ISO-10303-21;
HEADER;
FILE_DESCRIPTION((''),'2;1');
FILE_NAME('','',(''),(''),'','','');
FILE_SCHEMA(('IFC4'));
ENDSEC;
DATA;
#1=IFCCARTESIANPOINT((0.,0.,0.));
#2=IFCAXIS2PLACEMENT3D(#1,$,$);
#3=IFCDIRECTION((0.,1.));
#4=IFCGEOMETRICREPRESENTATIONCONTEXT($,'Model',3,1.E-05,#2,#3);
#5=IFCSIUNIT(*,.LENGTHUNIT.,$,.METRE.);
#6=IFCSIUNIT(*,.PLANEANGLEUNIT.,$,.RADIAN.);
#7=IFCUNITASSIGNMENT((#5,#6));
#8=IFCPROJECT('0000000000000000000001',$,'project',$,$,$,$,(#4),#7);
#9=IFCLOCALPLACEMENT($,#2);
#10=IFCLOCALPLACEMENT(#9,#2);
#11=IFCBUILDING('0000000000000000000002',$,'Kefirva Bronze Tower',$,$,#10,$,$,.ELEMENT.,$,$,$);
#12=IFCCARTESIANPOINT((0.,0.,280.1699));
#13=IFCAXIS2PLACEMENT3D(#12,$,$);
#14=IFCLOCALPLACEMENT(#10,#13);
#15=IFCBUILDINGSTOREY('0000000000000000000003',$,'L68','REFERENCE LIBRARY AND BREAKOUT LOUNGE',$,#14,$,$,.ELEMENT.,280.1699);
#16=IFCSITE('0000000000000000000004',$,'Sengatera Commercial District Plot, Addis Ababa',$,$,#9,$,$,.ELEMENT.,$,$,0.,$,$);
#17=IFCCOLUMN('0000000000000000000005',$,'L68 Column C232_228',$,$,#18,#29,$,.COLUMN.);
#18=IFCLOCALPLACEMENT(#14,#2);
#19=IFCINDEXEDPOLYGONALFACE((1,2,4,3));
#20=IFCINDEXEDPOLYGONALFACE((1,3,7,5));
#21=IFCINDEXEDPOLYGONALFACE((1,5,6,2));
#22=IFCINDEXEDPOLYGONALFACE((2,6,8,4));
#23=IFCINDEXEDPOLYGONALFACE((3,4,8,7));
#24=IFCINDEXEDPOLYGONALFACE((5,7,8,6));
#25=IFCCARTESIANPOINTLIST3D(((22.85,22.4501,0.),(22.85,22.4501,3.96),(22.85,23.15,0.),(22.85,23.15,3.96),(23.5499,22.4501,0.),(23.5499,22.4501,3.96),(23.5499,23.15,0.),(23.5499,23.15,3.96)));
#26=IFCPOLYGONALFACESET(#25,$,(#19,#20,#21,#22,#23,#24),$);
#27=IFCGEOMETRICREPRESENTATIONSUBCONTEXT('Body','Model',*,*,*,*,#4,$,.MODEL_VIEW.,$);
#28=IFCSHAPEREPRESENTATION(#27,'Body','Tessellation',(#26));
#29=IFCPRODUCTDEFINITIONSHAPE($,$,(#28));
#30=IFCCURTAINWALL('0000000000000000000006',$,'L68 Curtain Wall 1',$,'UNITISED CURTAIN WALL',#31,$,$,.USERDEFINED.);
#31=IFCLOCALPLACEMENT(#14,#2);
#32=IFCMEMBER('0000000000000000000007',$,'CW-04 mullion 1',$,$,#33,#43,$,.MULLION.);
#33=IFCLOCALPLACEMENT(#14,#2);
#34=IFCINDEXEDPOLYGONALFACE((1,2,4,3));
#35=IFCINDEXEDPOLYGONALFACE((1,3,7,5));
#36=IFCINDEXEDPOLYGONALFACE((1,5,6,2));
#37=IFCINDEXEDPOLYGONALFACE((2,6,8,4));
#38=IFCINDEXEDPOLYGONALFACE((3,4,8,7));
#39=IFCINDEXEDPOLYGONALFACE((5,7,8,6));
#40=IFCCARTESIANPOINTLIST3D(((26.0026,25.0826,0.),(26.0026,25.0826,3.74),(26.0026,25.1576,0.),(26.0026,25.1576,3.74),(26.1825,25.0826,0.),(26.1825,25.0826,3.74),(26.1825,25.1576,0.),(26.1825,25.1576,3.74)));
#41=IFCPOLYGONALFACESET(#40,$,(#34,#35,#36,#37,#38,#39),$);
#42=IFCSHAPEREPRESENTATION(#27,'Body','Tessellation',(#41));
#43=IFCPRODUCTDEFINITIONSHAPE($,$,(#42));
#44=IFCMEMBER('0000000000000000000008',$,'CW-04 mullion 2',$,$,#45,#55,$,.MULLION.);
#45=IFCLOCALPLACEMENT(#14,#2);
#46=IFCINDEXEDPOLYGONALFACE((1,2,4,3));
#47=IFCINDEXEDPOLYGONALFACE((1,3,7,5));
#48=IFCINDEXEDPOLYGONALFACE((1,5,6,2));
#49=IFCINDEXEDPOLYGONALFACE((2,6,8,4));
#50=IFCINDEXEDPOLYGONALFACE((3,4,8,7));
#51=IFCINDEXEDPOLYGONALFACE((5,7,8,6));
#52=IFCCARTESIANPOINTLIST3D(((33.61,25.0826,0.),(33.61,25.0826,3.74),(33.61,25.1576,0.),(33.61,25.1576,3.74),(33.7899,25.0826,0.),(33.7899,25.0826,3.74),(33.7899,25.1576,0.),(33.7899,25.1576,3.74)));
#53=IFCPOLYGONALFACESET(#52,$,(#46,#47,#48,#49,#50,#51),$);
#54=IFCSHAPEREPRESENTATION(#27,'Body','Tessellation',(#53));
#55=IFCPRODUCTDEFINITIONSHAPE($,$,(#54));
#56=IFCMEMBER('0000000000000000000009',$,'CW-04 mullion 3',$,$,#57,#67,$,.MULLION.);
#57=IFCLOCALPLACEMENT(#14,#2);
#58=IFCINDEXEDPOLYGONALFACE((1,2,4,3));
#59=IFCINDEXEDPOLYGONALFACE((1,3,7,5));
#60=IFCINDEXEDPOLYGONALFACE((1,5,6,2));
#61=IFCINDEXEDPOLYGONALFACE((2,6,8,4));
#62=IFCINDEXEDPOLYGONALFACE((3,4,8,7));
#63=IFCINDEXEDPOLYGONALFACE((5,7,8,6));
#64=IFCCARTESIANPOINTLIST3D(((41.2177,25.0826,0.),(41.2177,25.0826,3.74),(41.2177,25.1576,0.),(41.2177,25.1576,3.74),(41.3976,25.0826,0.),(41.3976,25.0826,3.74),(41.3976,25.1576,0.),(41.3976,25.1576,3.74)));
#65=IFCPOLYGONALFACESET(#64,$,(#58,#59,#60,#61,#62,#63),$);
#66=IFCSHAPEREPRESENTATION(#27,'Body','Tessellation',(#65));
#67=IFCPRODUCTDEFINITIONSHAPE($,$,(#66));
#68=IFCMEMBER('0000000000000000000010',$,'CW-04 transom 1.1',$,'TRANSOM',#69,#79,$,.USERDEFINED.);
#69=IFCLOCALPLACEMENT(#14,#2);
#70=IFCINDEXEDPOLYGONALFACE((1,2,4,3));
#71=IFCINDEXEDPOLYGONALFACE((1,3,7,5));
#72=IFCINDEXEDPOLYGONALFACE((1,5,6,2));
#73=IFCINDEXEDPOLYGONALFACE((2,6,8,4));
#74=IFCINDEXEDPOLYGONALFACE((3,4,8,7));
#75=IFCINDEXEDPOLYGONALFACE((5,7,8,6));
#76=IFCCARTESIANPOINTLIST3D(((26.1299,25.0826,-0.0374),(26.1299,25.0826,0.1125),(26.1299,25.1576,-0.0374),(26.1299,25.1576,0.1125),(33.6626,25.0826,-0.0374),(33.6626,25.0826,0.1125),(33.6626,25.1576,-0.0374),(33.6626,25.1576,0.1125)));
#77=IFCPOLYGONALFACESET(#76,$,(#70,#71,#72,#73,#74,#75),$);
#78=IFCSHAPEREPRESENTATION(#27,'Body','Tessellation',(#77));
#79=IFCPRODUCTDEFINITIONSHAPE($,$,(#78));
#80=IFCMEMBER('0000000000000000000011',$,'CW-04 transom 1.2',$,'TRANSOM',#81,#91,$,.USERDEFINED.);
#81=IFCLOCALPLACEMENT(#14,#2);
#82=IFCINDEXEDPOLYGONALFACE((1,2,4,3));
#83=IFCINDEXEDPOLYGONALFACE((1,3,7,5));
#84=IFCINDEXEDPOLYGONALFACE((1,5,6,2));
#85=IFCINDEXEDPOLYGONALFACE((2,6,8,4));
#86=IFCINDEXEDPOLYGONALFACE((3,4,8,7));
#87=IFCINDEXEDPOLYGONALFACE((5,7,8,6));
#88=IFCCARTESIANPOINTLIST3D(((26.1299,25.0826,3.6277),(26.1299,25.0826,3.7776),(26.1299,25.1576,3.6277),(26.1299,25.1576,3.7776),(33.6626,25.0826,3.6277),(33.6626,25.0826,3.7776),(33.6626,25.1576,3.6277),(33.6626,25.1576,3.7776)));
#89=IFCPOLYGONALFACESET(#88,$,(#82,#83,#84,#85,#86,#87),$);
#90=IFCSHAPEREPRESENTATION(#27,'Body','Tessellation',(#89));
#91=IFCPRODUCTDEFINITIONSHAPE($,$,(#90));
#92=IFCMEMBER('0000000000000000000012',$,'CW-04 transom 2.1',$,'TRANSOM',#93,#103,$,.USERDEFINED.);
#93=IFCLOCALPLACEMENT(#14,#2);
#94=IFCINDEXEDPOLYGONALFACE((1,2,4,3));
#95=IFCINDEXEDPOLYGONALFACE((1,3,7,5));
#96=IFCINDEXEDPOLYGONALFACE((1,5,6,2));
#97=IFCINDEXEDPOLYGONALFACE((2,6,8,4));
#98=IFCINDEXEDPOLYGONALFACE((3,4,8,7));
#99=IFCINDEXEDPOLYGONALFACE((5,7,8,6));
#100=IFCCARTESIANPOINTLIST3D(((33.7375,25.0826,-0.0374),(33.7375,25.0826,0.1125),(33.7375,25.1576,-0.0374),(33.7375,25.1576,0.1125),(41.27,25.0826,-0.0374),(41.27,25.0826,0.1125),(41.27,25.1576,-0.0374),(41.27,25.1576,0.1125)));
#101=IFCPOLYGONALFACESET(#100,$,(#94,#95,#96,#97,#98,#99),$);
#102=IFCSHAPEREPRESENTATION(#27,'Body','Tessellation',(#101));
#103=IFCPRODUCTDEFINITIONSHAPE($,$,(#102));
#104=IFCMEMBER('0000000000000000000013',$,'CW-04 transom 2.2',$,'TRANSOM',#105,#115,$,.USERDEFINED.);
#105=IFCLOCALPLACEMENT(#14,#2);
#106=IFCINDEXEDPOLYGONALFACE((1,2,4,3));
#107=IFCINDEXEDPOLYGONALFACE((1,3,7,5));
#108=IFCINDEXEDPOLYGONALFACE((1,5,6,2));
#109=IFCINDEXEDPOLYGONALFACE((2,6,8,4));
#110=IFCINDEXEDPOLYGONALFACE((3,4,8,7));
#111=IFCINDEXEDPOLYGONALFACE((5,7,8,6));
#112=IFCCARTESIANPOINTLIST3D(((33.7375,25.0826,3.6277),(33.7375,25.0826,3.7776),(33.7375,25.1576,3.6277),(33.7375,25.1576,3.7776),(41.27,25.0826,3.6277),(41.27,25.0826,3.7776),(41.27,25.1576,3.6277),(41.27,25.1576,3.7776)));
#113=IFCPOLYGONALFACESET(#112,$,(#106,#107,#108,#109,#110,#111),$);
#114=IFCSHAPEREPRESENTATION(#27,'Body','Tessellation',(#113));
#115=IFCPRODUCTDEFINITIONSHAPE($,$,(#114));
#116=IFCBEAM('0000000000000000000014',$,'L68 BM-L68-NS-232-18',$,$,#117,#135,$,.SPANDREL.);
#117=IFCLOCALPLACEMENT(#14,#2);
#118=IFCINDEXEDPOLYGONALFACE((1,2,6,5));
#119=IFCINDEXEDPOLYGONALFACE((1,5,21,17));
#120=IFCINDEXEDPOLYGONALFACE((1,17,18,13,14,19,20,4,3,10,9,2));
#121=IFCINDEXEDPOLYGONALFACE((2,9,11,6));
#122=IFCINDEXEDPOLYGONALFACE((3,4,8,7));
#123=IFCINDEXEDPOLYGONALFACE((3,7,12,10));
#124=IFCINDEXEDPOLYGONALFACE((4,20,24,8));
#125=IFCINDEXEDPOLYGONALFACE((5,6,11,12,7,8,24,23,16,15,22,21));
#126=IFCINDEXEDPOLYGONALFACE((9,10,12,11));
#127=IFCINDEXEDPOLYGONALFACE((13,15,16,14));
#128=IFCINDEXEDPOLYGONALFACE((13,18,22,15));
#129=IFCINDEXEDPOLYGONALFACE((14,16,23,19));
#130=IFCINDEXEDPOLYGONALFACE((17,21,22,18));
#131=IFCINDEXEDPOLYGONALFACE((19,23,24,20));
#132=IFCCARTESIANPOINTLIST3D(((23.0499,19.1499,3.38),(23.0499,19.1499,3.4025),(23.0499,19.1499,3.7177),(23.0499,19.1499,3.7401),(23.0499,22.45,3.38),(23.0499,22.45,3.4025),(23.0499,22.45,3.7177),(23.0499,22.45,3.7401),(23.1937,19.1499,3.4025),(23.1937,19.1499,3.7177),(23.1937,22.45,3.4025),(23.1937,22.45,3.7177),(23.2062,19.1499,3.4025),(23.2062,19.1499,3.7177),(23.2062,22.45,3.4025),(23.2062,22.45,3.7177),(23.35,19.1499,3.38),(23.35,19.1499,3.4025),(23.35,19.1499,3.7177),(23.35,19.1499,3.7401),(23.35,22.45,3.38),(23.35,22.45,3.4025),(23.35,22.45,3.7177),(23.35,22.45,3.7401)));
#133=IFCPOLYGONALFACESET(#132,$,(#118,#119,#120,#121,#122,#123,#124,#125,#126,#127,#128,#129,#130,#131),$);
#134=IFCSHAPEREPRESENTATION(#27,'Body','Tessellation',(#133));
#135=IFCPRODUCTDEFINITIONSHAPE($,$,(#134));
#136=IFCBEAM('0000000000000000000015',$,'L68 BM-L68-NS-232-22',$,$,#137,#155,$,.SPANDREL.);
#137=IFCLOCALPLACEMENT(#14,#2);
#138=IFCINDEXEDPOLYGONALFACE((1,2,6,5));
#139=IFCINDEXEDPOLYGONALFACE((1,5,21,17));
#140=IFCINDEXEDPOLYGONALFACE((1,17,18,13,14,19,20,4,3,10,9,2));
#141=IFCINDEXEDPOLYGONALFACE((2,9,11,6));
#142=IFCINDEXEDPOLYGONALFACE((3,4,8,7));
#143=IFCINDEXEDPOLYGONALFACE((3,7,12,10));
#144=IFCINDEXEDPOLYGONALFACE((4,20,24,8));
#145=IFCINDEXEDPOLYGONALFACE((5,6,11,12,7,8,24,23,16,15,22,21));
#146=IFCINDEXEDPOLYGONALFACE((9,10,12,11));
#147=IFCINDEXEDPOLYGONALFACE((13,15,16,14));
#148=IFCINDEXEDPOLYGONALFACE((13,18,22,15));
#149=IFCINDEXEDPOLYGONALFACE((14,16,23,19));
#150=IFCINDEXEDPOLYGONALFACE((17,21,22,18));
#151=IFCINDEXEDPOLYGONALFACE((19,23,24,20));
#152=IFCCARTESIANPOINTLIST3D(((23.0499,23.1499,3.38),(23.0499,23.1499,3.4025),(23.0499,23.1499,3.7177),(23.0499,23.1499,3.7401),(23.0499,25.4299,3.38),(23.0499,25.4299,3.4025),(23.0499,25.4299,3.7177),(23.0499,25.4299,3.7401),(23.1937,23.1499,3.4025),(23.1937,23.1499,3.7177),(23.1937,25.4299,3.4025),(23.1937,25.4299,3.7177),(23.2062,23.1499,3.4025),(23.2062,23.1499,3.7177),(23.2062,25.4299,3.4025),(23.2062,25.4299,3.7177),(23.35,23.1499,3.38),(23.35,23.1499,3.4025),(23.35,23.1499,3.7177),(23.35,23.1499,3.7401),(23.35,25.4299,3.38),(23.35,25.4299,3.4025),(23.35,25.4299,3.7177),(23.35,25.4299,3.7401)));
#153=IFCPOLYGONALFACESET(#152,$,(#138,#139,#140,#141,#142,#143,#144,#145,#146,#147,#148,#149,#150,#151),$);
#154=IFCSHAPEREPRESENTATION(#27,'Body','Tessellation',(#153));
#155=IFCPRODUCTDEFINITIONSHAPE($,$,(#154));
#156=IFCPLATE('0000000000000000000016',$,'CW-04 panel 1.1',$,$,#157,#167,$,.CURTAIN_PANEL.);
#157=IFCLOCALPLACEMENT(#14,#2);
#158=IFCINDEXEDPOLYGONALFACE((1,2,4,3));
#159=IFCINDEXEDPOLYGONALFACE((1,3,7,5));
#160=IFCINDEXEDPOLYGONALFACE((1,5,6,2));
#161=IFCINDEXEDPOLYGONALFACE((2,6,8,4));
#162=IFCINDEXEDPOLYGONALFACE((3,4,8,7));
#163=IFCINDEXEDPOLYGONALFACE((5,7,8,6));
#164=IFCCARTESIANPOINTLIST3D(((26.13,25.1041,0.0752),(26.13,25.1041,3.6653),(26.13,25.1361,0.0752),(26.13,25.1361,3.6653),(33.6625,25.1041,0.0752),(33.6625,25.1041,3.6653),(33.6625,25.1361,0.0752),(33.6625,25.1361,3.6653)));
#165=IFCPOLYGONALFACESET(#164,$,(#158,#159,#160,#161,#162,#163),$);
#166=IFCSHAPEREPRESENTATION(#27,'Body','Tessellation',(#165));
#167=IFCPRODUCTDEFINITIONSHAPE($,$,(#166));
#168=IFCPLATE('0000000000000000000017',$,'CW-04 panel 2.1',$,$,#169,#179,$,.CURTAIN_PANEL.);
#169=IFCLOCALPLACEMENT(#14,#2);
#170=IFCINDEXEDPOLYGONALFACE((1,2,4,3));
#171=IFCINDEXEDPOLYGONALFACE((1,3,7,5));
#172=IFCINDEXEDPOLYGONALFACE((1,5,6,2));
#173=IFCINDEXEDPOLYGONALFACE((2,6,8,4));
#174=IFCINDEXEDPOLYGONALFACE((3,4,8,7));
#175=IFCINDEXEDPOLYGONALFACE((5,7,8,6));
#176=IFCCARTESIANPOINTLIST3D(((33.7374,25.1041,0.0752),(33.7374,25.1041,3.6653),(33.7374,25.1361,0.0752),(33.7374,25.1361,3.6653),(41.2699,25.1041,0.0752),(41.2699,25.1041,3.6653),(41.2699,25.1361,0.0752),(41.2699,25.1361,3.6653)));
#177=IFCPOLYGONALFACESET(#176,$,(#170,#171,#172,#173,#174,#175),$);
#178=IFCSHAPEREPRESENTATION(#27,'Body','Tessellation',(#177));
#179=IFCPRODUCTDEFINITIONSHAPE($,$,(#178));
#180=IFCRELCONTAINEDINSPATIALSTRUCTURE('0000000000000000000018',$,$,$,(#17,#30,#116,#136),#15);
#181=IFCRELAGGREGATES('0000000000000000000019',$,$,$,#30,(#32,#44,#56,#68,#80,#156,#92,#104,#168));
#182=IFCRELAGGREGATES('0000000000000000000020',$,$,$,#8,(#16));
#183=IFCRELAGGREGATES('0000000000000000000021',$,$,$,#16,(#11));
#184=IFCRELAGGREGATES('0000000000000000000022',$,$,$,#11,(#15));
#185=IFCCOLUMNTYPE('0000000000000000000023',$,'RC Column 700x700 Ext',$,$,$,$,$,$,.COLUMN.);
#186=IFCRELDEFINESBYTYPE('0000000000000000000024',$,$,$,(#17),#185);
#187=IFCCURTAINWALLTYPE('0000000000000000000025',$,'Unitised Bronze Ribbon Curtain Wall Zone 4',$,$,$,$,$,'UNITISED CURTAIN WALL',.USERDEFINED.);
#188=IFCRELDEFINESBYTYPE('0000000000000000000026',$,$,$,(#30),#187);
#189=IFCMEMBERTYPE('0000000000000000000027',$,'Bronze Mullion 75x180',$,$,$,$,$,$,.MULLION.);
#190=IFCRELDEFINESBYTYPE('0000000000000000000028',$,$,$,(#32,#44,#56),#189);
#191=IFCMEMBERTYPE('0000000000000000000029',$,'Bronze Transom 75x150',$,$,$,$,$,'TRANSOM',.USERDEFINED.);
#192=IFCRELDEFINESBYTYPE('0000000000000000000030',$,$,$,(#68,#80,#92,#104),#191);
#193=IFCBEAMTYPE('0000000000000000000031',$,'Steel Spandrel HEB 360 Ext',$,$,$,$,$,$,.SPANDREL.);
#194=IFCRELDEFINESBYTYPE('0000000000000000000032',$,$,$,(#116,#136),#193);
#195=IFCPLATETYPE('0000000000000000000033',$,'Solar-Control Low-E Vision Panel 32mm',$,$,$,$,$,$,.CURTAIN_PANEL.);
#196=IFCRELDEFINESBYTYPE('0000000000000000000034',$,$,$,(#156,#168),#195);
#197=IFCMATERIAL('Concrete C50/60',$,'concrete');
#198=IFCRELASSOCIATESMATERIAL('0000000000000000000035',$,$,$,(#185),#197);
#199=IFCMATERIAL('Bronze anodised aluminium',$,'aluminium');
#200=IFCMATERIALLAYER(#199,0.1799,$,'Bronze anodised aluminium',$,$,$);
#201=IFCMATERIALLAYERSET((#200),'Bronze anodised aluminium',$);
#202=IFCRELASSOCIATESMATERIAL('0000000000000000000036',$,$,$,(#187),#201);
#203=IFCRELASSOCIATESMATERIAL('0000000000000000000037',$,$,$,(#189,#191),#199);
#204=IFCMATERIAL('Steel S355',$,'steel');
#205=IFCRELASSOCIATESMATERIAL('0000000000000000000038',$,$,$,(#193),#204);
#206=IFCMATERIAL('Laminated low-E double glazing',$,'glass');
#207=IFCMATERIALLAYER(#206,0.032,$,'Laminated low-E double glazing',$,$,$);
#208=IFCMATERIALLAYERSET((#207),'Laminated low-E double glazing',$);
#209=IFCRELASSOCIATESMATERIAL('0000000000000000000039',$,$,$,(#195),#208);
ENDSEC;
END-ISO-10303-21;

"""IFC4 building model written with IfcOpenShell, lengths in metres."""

from ifc_helpers import new_model, si_unit, direction, frame, origin, origin_2d, place, context, subcontext, project, spatial, rectangle, i_section, extrude, material, layer, layer_set, material_profile, profile_set, type_object, element, aggregate, save


model = new_model("IFC4")

# Units and contexts
model_context = context("Model", 3, precision=1e-05, world=origin(), true_north=direction((0.0, 1.0)))
body_context = subcontext(model_context, "Body", "Model", "MODEL_VIEW")
ifc_project = project(units=[si_unit("LENGTHUNIT", "METRE"), si_unit("PLANEANGLEUNIT", "RADIAN")], contexts=[model_context])

# Site, building, storey
site_placement = place(None, origin())
site = spatial("IfcSite", under=ifc_project, at=site_placement, Name="Sengatera Commercial District Plot, Addis Ababa", CompositionType="ELEMENT", RefElevation=0.0)
building_placement = place(site_placement, origin())
building = spatial("IfcBuilding", under=site, at=building_placement, Name="Kefirva Bronze Tower", CompositionType="ELEMENT")
storey_placement = place(building_placement, frame((0.0, 0.0, 280.1699)))
storey = spatial("IfcBuildingStorey", under=building, at=storey_placement, Name="L68", Description="REFERENCE LIBRARY AND BREAKOUT LOUNGE", CompositionType="ELEMENT", Elevation=280.1699)

# Column
ifc_material_1 = material(Name="Concrete C50/60", Category="concrete")
ifc_material_profile_1 = material_profile(ifc_material_1, rectangle(XDim=0.7, YDim=0.7, at=origin_2d()), Name="RC 700x700")
ifc_profile_set_1 = profile_set([ifc_material_profile_1], Name="Concrete C50/60")
column_type = type_object("IfcColumnType", Name="RC Column 700x700 Ext", PredefinedType="COLUMN", material=ifc_profile_set_1)
column_placement = place(storey_placement, frame((23.2, 22.8, 0.0), z_axis=(0.0, 0.0, 1.0), x_axis=(1.0, 0.0, 0.0)))
element("IfcColumn", 1, at=column_placement, inside=storey, type_object=column_type, Name="L68 Column C232_228", PredefinedType="COLUMN", context=body_context, shape_type="SweptSolid", body=[
    extrude(rectangle(XDim=0.7, YDim=0.7, at=origin_2d()), origin(), (0.0, 0.0, 1.0), 3.96),
])

# Curtain wall, members
ifc_material_2 = material(Name="Bronze anodised aluminium", Category="aluminium")
ifc_layer_1 = layer(ifc_material_2, 0.1799, Name="Bronze anodised aluminium")
ifc_layer_set_1 = layer_set([ifc_layer_1], Name="Bronze anodised aluminium")
curtain_wall_type = type_object("IfcCurtainWallType", Name="Unitised Bronze Ribbon Curtain Wall Zone 4", ElementType="UNITISED CURTAIN WALL", PredefinedType="USERDEFINED", material=ifc_layer_set_1)
curtain_wall_placement = place(storey_placement, origin())
curtain_wall = element("IfcCurtainWall", 2, at=curtain_wall_placement, inside=storey, type_object=curtain_wall_type, Name="L68 Curtain Wall 1", ObjectType="UNITISED CURTAIN WALL", PredefinedType="USERDEFINED")
ifc_material_profile_2 = material_profile(ifc_material_2, rectangle(XDim=0.075, YDim=0.1799, at=origin_2d()), Name="ALU 75x180")
ifc_profile_set_2 = profile_set([ifc_material_profile_2], Name="Bronze anodised aluminium")
member_type_1 = type_object("IfcMemberType", Name="Bronze Mullion 75x180", PredefinedType="MULLION", material=ifc_profile_set_2)
member_1_placement = place(storey_placement, frame((26.0925, 25.1201, 0.0), z_axis=(0.0, 0.0, 1.0), x_axis=(0.0, 1.0, 0.0)))
member_1 = element("IfcMember", 3, at=member_1_placement, type_object=member_type_1, Name="CW-04 mullion 1", PredefinedType="MULLION", context=body_context, shape_type="SweptSolid", body=[
    extrude(rectangle(XDim=0.075, YDim=0.1799, at=origin_2d()), origin(), (0.0, 0.0, 1.0), 3.74),
])
member_2_placement = place(storey_placement, frame((33.7, 25.1201, 0.0), z_axis=(0.0, 0.0, 1.0), x_axis=(0.0, 1.0, 0.0)))
member_2 = element("IfcMember", 4, at=member_2_placement, type_object=member_type_1, Name="CW-04 mullion 2", PredefinedType="MULLION", context=body_context, shape_type="SweptSolid", body=[
    extrude(rectangle(XDim=0.075, YDim=0.1799, at=origin_2d()), origin(), (0.0, 0.0, 1.0), 3.74),
])
member_3_placement = place(storey_placement, frame((41.3076, 25.1201, 0.0), z_axis=(0.0, 0.0, 1.0), x_axis=(0.0, 1.0, 0.0)))
member_3 = element("IfcMember", 5, at=member_3_placement, type_object=member_type_1, Name="CW-04 mullion 3", PredefinedType="MULLION", context=body_context, shape_type="SweptSolid", body=[
    extrude(rectangle(XDim=0.075, YDim=0.1799, at=origin_2d()), origin(), (0.0, 0.0, 1.0), 3.74),
])
ifc_material_profile_3 = material_profile(ifc_material_2, rectangle(XDim=0.075, YDim=0.1499, at=origin_2d()), Name="ALU 75x150")
ifc_profile_set_3 = profile_set([ifc_material_profile_3], Name="Bronze anodised aluminium")
member_type_2 = type_object("IfcMemberType", Name="Bronze Transom 75x150", ElementType="TRANSOM", PredefinedType="USERDEFINED", material=ifc_profile_set_3)
member_4_placement = place(storey_placement, frame((26.1299, 25.1201, 0.0376), z_axis=(1.0, 0.0, 0.0), x_axis=(0.0, 1.0, 0.0)))
member_4 = element("IfcMember", 6, at=member_4_placement, type_object=member_type_2, Name="CW-04 transom 1.1", ObjectType="TRANSOM", PredefinedType="USERDEFINED", context=body_context, shape_type="SweptSolid", body=[
    extrude(rectangle(XDim=0.075, YDim=0.1499, at=origin_2d()), origin(), (0.0, 0.0, 1.0), 7.5327),
])
member_5_placement = place(storey_placement, frame((26.1299, 25.1201, 3.7026), z_axis=(1.0, 0.0, 0.0), x_axis=(0.0, 1.0, 0.0)))
member_5 = element("IfcMember", 7, at=member_5_placement, type_object=member_type_2, Name="CW-04 transom 1.2", ObjectType="TRANSOM", PredefinedType="USERDEFINED", context=body_context, shape_type="SweptSolid", body=[
    extrude(rectangle(XDim=0.075, YDim=0.1499, at=origin_2d()), origin(), (0.0, 0.0, 1.0), 7.5327),
])
member_6_placement = place(storey_placement, frame((33.7375, 25.1201, 0.0376), z_axis=(1.0, 0.0, 0.0), x_axis=(0.0, 1.0, 0.0)))
member_6 = element("IfcMember", 8, at=member_6_placement, type_object=member_type_2, Name="CW-04 transom 2.1", ObjectType="TRANSOM", PredefinedType="USERDEFINED", context=body_context, shape_type="SweptSolid", body=[
    extrude(rectangle(XDim=0.075, YDim=0.1499, at=origin_2d()), origin(), (0.0, 0.0, 1.0), 7.5325),
])
member_7_placement = place(storey_placement, frame((33.7375, 25.1201, 3.7026), z_axis=(1.0, 0.0, 0.0), x_axis=(0.0, 1.0, 0.0)))
member_7 = element("IfcMember", 9, at=member_7_placement, type_object=member_type_2, Name="CW-04 transom 2.2", ObjectType="TRANSOM", PredefinedType="USERDEFINED", context=body_context, shape_type="SweptSolid", body=[
    extrude(rectangle(XDim=0.075, YDim=0.1499, at=origin_2d()), origin(), (0.0, 0.0, 1.0), 7.5325),
])

# Beams
ifc_material_3 = material(Name="Steel S355", Category="steel")
ifc_material_profile_4 = material_profile(ifc_material_3, i_section(OverallWidth=0.3, OverallDepth=0.3601, WebThickness=0.0125, FlangeThickness=0.0225, at=origin_2d()), Name="HEB 360")
ifc_profile_set_4 = profile_set([ifc_material_profile_4], Name="Steel S355")
beam_type = type_object("IfcBeamType", Name="Steel Spandrel HEB 360 Ext", PredefinedType="SPANDREL", material=ifc_profile_set_4)
beam_1_placement = place(storey_placement, frame((23.2, 19.1499, 3.5601), z_axis=(0.0, 1.0, 0.0), x_axis=(-1.0, 0.0, 0.0)))
element("IfcBeam", 10, at=beam_1_placement, inside=storey, type_object=beam_type, Name="L68 BM-L68-NS-232-18", PredefinedType="SPANDREL", context=body_context, shape_type="SweptSolid", body=[
    extrude(i_section(OverallWidth=0.3, OverallDepth=0.3601, WebThickness=0.0125, FlangeThickness=0.0225, at=origin_2d()), origin(), (0.0, 0.0, 1.0), 3.3),
])
beam_2_placement = place(storey_placement, frame((23.2, 23.1499, 3.5601), z_axis=(0.0, 1.0, 0.0), x_axis=(-1.0, 0.0, 0.0)))
element("IfcBeam", 11, at=beam_2_placement, inside=storey, type_object=beam_type, Name="L68 BM-L68-NS-232-22", PredefinedType="SPANDREL", context=body_context, shape_type="SweptSolid", body=[
    extrude(i_section(OverallWidth=0.3, OverallDepth=0.3601, WebThickness=0.0125, FlangeThickness=0.0225, at=origin_2d()), origin(), (0.0, 0.0, 1.0), 2.28),
])

# Plates
ifc_material_4 = material(Name="Laminated low-E double glazing", Category="glass")
ifc_layer_2 = layer(ifc_material_4, 0.032, Name="Laminated low-E double glazing")
ifc_layer_set_2 = layer_set([ifc_layer_2], Name="Laminated low-E double glazing")
plate_type = type_object("IfcPlateType", Name="Solar-Control Low-E Vision Panel 32mm", PredefinedType="CURTAIN_PANEL", material=ifc_layer_set_2)
plate_1_placement = place(storey_placement, frame((29.8962, 25.1201, 0.0752), z_axis=(0.0, 0.0, 1.0), x_axis=(1.0, 0.0, 0.0)))
plate_1 = element("IfcPlate", 12, at=plate_1_placement, type_object=plate_type, Name="CW-04 panel 1.1", PredefinedType="CURTAIN_PANEL", context=body_context, shape_type="SweptSolid", body=[
    extrude(rectangle(XDim=7.5325, YDim=0.032, at=origin_2d()), origin(), (0.0, 0.0, 1.0), 3.5901),
])
plate_2_placement = place(storey_placement, frame((37.5037, 25.1201, 0.0752), z_axis=(0.0, 0.0, 1.0), x_axis=(1.0, 0.0, 0.0)))
plate_2 = element("IfcPlate", 13, at=plate_2_placement, type_object=plate_type, Name="CW-04 panel 2.1", PredefinedType="CURTAIN_PANEL", context=body_context, shape_type="SweptSolid", body=[
    extrude(rectangle(XDim=7.5325, YDim=0.032, at=origin_2d()), origin(), (0.0, 0.0, 1.0), 3.5901),
])
aggregate(curtain_wall, [member_1, member_2, member_3, member_4, member_5, plate_1, member_6, member_7, plate_2])

save(model, "model.ifc")
